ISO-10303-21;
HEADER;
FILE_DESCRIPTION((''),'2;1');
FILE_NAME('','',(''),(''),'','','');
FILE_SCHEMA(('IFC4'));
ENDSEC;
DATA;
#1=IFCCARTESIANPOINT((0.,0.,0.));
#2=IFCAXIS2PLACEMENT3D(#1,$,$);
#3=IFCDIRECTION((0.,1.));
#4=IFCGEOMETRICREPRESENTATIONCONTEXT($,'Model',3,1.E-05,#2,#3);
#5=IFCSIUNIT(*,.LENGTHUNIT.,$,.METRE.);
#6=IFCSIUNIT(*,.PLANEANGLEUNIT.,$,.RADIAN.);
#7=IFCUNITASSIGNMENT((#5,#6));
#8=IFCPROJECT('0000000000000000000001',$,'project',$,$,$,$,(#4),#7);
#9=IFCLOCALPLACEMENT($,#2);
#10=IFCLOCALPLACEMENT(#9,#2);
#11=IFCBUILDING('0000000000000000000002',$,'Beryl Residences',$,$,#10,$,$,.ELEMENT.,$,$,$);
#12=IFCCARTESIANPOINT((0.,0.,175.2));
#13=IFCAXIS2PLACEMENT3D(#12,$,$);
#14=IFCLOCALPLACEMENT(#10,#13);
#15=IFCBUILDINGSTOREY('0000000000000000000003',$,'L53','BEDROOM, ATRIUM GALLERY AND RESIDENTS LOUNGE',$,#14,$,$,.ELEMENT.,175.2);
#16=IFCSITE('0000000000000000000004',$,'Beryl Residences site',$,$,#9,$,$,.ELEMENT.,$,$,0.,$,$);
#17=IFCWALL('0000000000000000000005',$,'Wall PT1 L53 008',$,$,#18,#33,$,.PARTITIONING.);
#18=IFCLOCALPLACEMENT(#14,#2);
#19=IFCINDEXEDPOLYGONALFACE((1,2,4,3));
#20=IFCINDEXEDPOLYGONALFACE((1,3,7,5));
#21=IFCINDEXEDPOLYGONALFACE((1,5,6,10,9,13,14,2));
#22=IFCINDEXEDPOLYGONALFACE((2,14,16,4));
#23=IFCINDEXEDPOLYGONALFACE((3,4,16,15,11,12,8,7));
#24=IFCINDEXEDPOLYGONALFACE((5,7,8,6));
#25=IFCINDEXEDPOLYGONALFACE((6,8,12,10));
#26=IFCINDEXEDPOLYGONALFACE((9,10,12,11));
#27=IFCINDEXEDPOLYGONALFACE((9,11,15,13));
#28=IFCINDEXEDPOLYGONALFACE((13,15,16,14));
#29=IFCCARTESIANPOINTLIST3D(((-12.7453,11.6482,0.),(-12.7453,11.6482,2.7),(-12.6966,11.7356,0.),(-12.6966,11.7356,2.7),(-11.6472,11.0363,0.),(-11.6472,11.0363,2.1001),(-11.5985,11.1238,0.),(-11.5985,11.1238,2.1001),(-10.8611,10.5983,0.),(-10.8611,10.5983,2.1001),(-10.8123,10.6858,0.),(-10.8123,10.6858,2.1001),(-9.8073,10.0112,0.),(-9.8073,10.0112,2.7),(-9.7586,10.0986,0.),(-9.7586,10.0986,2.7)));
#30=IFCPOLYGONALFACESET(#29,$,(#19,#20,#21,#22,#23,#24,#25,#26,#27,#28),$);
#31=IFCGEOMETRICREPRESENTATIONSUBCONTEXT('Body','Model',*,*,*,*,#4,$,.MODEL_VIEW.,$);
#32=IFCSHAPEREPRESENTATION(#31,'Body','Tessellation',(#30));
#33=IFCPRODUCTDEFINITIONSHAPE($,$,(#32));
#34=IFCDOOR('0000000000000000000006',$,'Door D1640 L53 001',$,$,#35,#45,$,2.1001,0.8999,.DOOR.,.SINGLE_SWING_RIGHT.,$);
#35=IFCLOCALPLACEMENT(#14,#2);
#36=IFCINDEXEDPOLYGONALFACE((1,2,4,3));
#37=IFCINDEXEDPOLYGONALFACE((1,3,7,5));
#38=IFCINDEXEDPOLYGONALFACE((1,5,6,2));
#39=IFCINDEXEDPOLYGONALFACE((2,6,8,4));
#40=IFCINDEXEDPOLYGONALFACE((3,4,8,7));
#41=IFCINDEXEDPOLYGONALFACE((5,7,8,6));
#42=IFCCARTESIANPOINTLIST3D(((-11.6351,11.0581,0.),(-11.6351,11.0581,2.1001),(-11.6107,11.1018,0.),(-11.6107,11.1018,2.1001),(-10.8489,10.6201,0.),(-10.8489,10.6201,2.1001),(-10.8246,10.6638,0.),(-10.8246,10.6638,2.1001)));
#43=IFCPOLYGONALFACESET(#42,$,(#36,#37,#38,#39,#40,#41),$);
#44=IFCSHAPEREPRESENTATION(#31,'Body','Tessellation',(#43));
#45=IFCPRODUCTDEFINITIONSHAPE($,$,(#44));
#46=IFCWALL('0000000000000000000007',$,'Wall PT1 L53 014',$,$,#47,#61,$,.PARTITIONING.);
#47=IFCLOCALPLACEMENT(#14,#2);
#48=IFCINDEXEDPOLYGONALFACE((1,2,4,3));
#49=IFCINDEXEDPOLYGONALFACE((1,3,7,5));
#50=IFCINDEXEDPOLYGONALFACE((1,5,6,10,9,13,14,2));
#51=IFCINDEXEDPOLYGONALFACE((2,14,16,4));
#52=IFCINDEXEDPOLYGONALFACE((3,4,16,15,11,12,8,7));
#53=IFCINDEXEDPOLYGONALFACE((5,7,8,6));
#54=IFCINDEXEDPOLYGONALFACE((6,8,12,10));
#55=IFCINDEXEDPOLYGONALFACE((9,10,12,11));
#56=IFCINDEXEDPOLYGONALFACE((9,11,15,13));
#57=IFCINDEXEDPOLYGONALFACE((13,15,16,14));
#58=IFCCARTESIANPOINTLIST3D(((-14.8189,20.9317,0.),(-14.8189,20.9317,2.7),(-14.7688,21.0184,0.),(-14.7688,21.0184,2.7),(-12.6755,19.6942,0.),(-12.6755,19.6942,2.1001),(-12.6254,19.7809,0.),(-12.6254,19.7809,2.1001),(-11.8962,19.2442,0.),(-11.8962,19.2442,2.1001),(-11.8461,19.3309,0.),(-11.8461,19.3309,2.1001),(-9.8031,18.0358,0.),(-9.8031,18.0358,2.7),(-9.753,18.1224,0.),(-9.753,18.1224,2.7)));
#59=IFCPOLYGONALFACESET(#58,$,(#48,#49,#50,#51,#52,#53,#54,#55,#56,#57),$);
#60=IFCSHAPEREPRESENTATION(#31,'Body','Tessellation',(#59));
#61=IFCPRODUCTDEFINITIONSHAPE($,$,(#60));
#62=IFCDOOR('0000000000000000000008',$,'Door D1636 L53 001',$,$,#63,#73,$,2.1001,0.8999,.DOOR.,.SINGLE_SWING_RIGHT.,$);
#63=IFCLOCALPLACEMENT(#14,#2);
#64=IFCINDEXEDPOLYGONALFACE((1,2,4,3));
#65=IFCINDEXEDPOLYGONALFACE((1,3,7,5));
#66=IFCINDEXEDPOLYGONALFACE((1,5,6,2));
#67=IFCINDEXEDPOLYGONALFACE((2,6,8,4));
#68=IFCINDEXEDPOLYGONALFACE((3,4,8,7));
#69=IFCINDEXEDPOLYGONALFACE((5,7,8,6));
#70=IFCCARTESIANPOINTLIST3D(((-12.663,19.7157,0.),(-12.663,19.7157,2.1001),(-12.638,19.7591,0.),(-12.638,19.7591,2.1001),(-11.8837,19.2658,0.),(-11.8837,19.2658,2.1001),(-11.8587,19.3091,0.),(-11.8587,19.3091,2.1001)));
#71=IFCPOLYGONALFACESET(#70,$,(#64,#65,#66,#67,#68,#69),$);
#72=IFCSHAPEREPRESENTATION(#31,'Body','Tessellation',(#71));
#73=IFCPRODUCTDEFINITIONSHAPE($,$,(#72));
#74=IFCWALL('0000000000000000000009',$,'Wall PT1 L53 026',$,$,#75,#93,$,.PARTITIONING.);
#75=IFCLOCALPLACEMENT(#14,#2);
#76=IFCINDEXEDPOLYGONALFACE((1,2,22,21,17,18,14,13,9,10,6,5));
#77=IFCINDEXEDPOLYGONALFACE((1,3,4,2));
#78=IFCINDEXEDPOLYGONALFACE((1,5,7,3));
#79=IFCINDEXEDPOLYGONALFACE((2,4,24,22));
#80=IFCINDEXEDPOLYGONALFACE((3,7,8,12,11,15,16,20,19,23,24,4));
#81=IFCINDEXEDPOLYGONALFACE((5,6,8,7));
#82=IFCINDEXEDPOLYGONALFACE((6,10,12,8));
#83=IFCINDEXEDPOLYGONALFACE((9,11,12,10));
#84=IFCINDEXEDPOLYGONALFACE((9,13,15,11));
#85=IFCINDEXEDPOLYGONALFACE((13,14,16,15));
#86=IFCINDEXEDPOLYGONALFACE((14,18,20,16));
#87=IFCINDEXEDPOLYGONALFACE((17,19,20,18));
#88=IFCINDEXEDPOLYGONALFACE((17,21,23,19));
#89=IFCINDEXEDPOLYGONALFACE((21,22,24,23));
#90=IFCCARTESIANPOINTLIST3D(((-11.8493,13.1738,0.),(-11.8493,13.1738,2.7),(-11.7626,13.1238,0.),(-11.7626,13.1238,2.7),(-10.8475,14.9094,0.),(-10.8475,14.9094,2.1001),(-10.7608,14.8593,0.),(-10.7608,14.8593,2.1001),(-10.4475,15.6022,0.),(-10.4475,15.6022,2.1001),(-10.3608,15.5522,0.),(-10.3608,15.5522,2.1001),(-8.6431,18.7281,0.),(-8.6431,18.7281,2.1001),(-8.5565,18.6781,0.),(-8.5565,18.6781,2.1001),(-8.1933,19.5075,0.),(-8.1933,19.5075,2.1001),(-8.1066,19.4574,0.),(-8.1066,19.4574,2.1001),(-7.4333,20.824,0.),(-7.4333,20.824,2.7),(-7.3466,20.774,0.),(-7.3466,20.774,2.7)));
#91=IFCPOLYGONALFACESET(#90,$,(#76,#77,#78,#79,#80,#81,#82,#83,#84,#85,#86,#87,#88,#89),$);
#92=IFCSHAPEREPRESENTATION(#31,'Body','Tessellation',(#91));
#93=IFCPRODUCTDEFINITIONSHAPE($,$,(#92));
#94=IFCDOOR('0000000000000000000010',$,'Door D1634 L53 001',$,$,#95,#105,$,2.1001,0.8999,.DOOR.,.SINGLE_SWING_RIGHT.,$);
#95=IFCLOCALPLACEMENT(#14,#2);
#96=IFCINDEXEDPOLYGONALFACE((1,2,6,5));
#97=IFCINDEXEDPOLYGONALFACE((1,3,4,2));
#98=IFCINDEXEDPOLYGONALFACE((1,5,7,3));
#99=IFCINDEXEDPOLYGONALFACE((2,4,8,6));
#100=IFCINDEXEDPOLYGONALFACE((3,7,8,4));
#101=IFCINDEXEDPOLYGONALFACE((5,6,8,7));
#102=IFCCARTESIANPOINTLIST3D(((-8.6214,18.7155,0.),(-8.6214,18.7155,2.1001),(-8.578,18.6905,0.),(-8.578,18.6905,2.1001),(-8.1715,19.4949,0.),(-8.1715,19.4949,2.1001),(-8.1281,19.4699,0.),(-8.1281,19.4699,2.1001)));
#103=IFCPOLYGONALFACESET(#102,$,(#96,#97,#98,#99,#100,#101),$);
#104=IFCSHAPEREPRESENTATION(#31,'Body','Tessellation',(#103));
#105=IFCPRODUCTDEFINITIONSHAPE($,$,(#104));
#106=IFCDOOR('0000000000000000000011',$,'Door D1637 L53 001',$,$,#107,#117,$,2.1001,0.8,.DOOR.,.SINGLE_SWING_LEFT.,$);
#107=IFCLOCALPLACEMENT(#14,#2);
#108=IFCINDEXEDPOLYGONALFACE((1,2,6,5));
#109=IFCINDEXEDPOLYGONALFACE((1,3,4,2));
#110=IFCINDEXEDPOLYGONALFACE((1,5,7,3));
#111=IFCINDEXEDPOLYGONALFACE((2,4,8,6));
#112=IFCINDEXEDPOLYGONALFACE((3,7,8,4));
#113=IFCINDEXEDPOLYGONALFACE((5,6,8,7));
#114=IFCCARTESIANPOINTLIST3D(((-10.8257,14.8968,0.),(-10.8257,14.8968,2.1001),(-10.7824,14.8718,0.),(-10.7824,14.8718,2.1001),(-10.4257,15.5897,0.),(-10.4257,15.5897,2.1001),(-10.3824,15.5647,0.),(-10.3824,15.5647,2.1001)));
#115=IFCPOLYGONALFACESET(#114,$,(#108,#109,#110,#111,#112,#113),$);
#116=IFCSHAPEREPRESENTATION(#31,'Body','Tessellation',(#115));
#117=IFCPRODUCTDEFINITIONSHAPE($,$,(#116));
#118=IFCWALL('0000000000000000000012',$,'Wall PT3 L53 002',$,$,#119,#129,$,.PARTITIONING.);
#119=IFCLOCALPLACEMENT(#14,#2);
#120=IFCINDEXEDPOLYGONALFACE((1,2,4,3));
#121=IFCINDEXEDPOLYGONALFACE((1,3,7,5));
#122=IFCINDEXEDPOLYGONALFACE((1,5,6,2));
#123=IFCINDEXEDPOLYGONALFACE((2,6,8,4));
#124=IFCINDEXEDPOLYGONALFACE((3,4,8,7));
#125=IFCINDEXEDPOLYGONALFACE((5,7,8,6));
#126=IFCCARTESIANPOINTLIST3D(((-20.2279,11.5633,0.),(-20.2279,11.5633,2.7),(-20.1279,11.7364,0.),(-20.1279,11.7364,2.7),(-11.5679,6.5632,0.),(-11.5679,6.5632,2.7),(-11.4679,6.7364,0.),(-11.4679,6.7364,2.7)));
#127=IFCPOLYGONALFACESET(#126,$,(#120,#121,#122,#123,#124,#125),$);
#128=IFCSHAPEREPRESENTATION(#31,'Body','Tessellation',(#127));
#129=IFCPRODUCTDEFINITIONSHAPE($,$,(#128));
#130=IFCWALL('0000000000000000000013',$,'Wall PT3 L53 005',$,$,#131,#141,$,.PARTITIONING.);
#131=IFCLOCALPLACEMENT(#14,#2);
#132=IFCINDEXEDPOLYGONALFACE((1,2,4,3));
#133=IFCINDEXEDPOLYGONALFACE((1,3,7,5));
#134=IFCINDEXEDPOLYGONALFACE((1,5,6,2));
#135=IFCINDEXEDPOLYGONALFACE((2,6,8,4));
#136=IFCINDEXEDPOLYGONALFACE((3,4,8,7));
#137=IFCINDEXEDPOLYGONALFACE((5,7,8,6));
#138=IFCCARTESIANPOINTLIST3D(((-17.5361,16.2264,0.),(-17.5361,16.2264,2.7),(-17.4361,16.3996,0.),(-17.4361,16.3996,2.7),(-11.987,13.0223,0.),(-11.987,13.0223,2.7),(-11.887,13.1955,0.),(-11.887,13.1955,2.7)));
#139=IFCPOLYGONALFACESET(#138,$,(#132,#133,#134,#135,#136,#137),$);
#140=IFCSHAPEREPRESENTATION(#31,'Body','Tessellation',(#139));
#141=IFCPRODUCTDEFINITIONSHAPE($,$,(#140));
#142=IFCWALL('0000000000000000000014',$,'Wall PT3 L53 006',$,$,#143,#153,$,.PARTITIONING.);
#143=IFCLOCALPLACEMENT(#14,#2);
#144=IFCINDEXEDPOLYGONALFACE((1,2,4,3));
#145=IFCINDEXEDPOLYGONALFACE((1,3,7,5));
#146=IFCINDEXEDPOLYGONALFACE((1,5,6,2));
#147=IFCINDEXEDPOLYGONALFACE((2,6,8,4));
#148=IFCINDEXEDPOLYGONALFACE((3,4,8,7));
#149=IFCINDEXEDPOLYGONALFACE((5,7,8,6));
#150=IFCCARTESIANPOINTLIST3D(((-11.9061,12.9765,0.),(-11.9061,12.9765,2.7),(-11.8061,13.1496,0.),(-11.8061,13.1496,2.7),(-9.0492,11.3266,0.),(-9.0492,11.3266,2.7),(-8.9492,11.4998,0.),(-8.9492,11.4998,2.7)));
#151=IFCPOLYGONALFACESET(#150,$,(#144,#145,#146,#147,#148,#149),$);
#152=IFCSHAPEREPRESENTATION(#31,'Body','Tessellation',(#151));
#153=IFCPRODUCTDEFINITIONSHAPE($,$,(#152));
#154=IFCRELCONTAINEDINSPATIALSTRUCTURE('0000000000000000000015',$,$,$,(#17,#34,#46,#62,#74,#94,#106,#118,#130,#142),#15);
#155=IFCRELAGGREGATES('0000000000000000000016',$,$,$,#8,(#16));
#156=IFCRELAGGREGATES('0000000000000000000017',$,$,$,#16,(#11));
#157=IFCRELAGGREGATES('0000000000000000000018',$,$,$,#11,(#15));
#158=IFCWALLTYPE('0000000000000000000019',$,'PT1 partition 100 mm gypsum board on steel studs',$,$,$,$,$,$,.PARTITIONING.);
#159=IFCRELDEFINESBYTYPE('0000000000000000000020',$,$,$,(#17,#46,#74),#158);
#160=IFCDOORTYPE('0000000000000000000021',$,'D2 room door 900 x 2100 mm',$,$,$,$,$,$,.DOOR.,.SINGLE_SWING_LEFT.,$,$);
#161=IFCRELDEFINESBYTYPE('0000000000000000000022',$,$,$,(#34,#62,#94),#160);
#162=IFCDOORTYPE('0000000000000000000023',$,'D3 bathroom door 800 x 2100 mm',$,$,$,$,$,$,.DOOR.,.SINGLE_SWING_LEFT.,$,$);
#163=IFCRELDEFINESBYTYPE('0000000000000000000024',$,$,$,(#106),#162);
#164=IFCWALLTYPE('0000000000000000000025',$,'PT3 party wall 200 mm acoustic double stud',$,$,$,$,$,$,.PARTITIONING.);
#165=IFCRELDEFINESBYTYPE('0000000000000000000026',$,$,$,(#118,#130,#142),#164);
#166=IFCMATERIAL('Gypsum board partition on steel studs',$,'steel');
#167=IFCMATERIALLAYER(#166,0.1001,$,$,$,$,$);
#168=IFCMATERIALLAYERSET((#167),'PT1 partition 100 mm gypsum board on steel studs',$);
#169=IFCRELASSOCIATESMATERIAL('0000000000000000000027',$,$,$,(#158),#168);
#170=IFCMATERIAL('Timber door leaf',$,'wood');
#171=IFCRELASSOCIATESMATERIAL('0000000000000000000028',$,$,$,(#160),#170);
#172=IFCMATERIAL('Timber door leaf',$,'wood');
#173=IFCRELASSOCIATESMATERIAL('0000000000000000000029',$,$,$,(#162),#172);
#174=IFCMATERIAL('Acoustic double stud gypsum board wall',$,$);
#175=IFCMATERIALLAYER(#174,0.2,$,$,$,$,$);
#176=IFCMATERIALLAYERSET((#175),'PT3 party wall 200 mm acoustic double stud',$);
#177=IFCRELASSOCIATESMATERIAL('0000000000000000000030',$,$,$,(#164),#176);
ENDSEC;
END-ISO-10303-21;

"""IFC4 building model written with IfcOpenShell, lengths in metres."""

from ifc_helpers import new_model, si_unit, direction, frame, frame_2d, origin, place, context, subcontext, project, spatial, rectangle, extrude, material, layer, layer_set, type_object, element, fill, save


model = new_model("IFC4")

# Units and contexts
model_context = context("Model", 3, precision=1e-05, world=origin(), true_north=direction((0.0, 1.0)))
body_context = subcontext(model_context, "Body", "Model", "MODEL_VIEW")
ifc_project = project(units=[si_unit("LENGTHUNIT", "METRE"), si_unit("PLANEANGLEUNIT", "RADIAN")], contexts=[model_context])

# Site, building, storey
site_placement = place(None, origin())
site = spatial("IfcSite", under=ifc_project, at=site_placement, Name="Beryl Residences site", CompositionType="ELEMENT", RefElevation=0.0)
building_placement = place(site_placement, origin())
building = spatial("IfcBuilding", under=site, at=building_placement, Name="Beryl Residences", CompositionType="ELEMENT")
storey_placement = place(building_placement, frame((0.0, 0.0, 175.2)))
storey = spatial("IfcBuildingStorey", under=building, at=storey_placement, Name="L53", Description="BEDROOM, ATRIUM GALLERY AND RESIDENTS LOUNGE", CompositionType="ELEMENT", Elevation=175.2)

# Walls, openings, doors
ifc_material_1 = material(Name="Gypsum board partition on steel studs", Category="steel")
ifc_layer_1 = layer(ifc_material_1, 0.1001)
ifc_layer_set_1 = layer_set([ifc_layer_1], Name="PT1 partition 100 mm gypsum board on steel studs")
wall_type_1 = type_object("IfcWallType", Name="PT1 partition 100 mm gypsum board on steel studs", PredefinedType="PARTITIONING", material=ifc_layer_set_1)
wall_1_placement = place(storey_placement, frame((-12.7209, 11.6919, 0.0), z_axis=(0.0, 0.0, 1.0), x_axis=(0.873557, -0.486721, 0.0)))
wall_1 = element("IfcWall", 1, at=wall_1_placement, inside=storey, type_object=wall_type_1, Name="Wall PT1 L53 008", PredefinedType="PARTITIONING", context=body_context, shape_type="SweptSolid", body=[
    extrude(rectangle(XDim=3.3633, YDim=0.1001, at=frame_2d((1.6816, 0.0))), origin(), (0.0, 0.0, 1.0), 2.7),
])
opening_1_placement = place(wall_1_placement, frame((1.2571, 0.0, 0.0)))
opening_1 = element("IfcOpeningElement", 2, at=opening_1_placement, cuts=wall_1, PredefinedType="OPENING", context=body_context, shape_type="SweptSolid", body=[
    extrude(rectangle(XDim=0.8999, YDim=2.1001, at=frame_2d((0.45, 1.05))), frame((0.0, 0.0601, 0.0), z_axis=(0.0, -1.0, 0.0), x_axis=(1.0, 0.0, 0.0)), (0.0, 0.0, 1.0), 0.1201),
])
ifc_material_2 = material(Name="Timber door leaf", Category="wood")
door_type_1 = type_object("IfcDoorType", Name="D2 room door 900 x 2100 mm", OperationType="SINGLE_SWING_LEFT", PredefinedType="DOOR", material=ifc_material_2)
door_1_placement = place(opening_1_placement, origin())
door_1 = element("IfcDoor", 3, at=door_1_placement, inside=storey, type_object=door_type_1, Name="Door D1640 L53 001", OperationType="SINGLE_SWING_RIGHT", OverallHeight=2.1001, OverallWidth=0.8999, PredefinedType="DOOR", context=body_context, shape_type="SweptSolid", body=[
    extrude(rectangle(XDim=0.8999, YDim=2.1001, at=frame_2d((0.45, 1.05))), frame((0.0, 0.0249, 0.0), z_axis=(0.0, -1.0, 0.0), x_axis=(1.0, 0.0, 0.0)), (0.0, 0.0, 1.0), 0.05),
])
fill(opening_1, door_1)
wall_2_placement = place(storey_placement, frame((-14.7939, 20.9751, 0.0), z_axis=(0.0, 0.0, 1.0), x_axis=(0.866019, -0.500011, 0.0)))
wall_2 = element("IfcWall", 4, at=wall_2_placement, inside=storey, type_object=wall_type_1, Name="Wall PT1 L53 014", PredefinedType="PARTITIONING", context=body_context, shape_type="SweptSolid", body=[
    extrude(rectangle(XDim=5.7917, YDim=0.1001, at=frame_2d((2.896, 0.0))), origin(), (0.0, 0.0, 1.0), 2.7),
])
opening_2_placement = place(wall_2_placement, frame((2.4751, 0.0, 0.0)))
opening_2 = element("IfcOpeningElement", 5, at=opening_2_placement, cuts=wall_2, PredefinedType="OPENING", context=body_context, shape_type="SweptSolid", body=[
    extrude(rectangle(XDim=0.8999, YDim=2.1001, at=frame_2d((0.45, 1.05))), frame((0.0, 0.0601, 0.0), z_axis=(0.0, -1.0, 0.0), x_axis=(1.0, 0.0, 0.0)), (0.0, 0.0, 1.0), 0.1201),
])
door_2_placement = place(opening_2_placement, origin())
door_2 = element("IfcDoor", 6, at=door_2_placement, inside=storey, type_object=door_type_1, Name="Door D1636 L53 001", OperationType="SINGLE_SWING_RIGHT", OverallHeight=2.1001, OverallWidth=0.8999, PredefinedType="DOOR", context=body_context, shape_type="SweptSolid", body=[
    extrude(rectangle(XDim=0.8999, YDim=2.1001, at=frame_2d((0.45, 1.05))), frame((0.0, 0.0249, 0.0), z_axis=(0.0, -1.0, 0.0), x_axis=(1.0, 0.0, 0.0)), (0.0, 0.0, 1.0), 0.05),
])
fill(opening_2, door_2)

# Wall, openings, doors
wall_3_placement = place(storey_placement, frame((-11.8059, 13.1489, 0.0), z_axis=(0.0, 0.0, 1.0), x_axis=(0.499932, 0.866065, 0.0)))
wall_3 = element("IfcWall", 7, at=wall_3_placement, inside=storey, type_object=wall_type_1, Name="Wall PT1 L53 026", PredefinedType="PARTITIONING", context=body_context, shape_type="SweptSolid", body=[
    extrude(rectangle(XDim=8.8333, YDim=0.1001, at=frame_2d((4.4165, 0.0))), origin(), (0.0, 0.0, 1.0), 2.7),
])
opening_3_placement = place(wall_3_placement, frame((6.4131, 0.0, 0.0)))
opening_3 = element("IfcOpeningElement", 8, at=opening_3_placement, cuts=wall_3, PredefinedType="OPENING", context=body_context, shape_type="SweptSolid", body=[
    extrude(rectangle(XDim=0.8999, YDim=2.1001, at=frame_2d((0.45, 1.05))), frame((0.0, 0.0601, 0.0), z_axis=(0.0, -1.0, 0.0), x_axis=(1.0, 0.0, 0.0)), (0.0, 0.0, 1.0), 0.1201),
])
opening_4_placement = place(wall_3_placement, frame((2.0039, 0.0, 0.0)))
opening_4 = element("IfcOpeningElement", 9, at=opening_4_placement, cuts=wall_3, PredefinedType="OPENING", context=body_context, shape_type="SweptSolid", body=[
    extrude(rectangle(XDim=0.8, YDim=2.1001, at=frame_2d((0.3999, 1.05))), frame((0.0, 0.0601, 0.0), z_axis=(0.0, -1.0, 0.0), x_axis=(1.0, 0.0, 0.0)), (0.0, 0.0, 1.0), 0.1201),
])
door_3_placement = place(opening_3_placement, origin())
door_3 = element("IfcDoor", 10, at=door_3_placement, inside=storey, type_object=door_type_1, Name="Door D1634 L53 001", OperationType="SINGLE_SWING_RIGHT", OverallHeight=2.1001, OverallWidth=0.8999, PredefinedType="DOOR", context=body_context, shape_type="SweptSolid", body=[
    extrude(rectangle(XDim=0.8999, YDim=2.1001, at=frame_2d((0.45, 1.05))), frame((0.0, 0.0249, 0.0), z_axis=(0.0, -1.0, 0.0), x_axis=(1.0, 0.0, 0.0)), (0.0, 0.0, 1.0), 0.05),
])
fill(opening_3, door_3)
ifc_material_3 = material(Name="Timber door leaf", Category="wood")
door_type_2 = type_object("IfcDoorType", Name="D3 bathroom door 800 x 2100 mm", OperationType="SINGLE_SWING_LEFT", PredefinedType="DOOR", material=ifc_material_3)
door_4_placement = place(opening_4_placement, origin())
door_4 = element("IfcDoor", 11, at=door_4_placement, inside=storey, type_object=door_type_2, Name="Door D1637 L53 001", OperationType="SINGLE_SWING_LEFT", OverallHeight=2.1001, OverallWidth=0.8, PredefinedType="DOOR", context=body_context, shape_type="SweptSolid", body=[
    extrude(rectangle(XDim=0.8, YDim=2.1001, at=frame_2d((0.3999, 1.05))), frame((0.0, 0.0249, 0.0), z_axis=(0.0, -1.0, 0.0), x_axis=(1.0, 0.0, 0.0)), (0.0, 0.0, 1.0), 0.05),
])
fill(opening_4, door_4)

# Walls
ifc_material_4 = material(Name="Acoustic double stud gypsum board wall")
ifc_layer_2 = layer(ifc_material_4, 0.2)
ifc_layer_set_2 = layer_set([ifc_layer_2], Name="PT3 party wall 200 mm acoustic double stud")
wall_type_2 = type_object("IfcWallType", Name="PT3 party wall 200 mm acoustic double stud", PredefinedType="PARTITIONING", material=ifc_layer_set_2)
wall_4_placement = place(storey_placement, frame((-20.178, 11.6499, 0.0), z_axis=(0.0, 0.0, 1.0), x_axis=(0.866017, -0.500015, 0.0)))
element("IfcWall", 12, at=wall_4_placement, inside=storey, type_object=wall_type_2, Name="Wall PT3 L53 002", PredefinedType="PARTITIONING", context=body_context, shape_type="SweptSolid", body=[
    extrude(rectangle(XDim=9.9998, YDim=0.2, at=frame_2d((5.0, 0.0))), origin(), (0.0, 0.0, 1.0), 2.7),
])
wall_5_placement = place(storey_placement, frame((-17.4861, 16.313, 0.0), z_axis=(0.0, 0.0, 1.0), x_axis=(0.866002, -0.50004, 0.0)))
element("IfcWall", 13, at=wall_5_placement, inside=storey, type_object=wall_type_2, Name="Wall PT3 L53 005", PredefinedType="PARTITIONING", context=body_context, shape_type="SweptSolid", body=[
    extrude(rectangle(XDim=6.4077, YDim=0.2, at=frame_2d((3.2039, 0.0))), origin(), (0.0, 0.0, 1.0), 2.7),
])
wall_6_placement = place(storey_placement, frame((-11.856, 13.063, 0.0), z_axis=(0.0, 0.0, 1.0), x_axis=(0.865966, -0.500103, 0.0)))
element("IfcWall", 14, at=wall_6_placement, inside=storey, type_object=wall_type_2, Name="Wall PT3 L53 006", PredefinedType="PARTITIONING", context=body_context, shape_type="SweptSolid", body=[
    extrude(rectangle(XDim=3.2991, YDim=0.2, at=frame_2d((1.6494, 0.0))), origin(), (0.0, 0.0, 1.0), 2.7),
])

save(model, "model.ifc")
